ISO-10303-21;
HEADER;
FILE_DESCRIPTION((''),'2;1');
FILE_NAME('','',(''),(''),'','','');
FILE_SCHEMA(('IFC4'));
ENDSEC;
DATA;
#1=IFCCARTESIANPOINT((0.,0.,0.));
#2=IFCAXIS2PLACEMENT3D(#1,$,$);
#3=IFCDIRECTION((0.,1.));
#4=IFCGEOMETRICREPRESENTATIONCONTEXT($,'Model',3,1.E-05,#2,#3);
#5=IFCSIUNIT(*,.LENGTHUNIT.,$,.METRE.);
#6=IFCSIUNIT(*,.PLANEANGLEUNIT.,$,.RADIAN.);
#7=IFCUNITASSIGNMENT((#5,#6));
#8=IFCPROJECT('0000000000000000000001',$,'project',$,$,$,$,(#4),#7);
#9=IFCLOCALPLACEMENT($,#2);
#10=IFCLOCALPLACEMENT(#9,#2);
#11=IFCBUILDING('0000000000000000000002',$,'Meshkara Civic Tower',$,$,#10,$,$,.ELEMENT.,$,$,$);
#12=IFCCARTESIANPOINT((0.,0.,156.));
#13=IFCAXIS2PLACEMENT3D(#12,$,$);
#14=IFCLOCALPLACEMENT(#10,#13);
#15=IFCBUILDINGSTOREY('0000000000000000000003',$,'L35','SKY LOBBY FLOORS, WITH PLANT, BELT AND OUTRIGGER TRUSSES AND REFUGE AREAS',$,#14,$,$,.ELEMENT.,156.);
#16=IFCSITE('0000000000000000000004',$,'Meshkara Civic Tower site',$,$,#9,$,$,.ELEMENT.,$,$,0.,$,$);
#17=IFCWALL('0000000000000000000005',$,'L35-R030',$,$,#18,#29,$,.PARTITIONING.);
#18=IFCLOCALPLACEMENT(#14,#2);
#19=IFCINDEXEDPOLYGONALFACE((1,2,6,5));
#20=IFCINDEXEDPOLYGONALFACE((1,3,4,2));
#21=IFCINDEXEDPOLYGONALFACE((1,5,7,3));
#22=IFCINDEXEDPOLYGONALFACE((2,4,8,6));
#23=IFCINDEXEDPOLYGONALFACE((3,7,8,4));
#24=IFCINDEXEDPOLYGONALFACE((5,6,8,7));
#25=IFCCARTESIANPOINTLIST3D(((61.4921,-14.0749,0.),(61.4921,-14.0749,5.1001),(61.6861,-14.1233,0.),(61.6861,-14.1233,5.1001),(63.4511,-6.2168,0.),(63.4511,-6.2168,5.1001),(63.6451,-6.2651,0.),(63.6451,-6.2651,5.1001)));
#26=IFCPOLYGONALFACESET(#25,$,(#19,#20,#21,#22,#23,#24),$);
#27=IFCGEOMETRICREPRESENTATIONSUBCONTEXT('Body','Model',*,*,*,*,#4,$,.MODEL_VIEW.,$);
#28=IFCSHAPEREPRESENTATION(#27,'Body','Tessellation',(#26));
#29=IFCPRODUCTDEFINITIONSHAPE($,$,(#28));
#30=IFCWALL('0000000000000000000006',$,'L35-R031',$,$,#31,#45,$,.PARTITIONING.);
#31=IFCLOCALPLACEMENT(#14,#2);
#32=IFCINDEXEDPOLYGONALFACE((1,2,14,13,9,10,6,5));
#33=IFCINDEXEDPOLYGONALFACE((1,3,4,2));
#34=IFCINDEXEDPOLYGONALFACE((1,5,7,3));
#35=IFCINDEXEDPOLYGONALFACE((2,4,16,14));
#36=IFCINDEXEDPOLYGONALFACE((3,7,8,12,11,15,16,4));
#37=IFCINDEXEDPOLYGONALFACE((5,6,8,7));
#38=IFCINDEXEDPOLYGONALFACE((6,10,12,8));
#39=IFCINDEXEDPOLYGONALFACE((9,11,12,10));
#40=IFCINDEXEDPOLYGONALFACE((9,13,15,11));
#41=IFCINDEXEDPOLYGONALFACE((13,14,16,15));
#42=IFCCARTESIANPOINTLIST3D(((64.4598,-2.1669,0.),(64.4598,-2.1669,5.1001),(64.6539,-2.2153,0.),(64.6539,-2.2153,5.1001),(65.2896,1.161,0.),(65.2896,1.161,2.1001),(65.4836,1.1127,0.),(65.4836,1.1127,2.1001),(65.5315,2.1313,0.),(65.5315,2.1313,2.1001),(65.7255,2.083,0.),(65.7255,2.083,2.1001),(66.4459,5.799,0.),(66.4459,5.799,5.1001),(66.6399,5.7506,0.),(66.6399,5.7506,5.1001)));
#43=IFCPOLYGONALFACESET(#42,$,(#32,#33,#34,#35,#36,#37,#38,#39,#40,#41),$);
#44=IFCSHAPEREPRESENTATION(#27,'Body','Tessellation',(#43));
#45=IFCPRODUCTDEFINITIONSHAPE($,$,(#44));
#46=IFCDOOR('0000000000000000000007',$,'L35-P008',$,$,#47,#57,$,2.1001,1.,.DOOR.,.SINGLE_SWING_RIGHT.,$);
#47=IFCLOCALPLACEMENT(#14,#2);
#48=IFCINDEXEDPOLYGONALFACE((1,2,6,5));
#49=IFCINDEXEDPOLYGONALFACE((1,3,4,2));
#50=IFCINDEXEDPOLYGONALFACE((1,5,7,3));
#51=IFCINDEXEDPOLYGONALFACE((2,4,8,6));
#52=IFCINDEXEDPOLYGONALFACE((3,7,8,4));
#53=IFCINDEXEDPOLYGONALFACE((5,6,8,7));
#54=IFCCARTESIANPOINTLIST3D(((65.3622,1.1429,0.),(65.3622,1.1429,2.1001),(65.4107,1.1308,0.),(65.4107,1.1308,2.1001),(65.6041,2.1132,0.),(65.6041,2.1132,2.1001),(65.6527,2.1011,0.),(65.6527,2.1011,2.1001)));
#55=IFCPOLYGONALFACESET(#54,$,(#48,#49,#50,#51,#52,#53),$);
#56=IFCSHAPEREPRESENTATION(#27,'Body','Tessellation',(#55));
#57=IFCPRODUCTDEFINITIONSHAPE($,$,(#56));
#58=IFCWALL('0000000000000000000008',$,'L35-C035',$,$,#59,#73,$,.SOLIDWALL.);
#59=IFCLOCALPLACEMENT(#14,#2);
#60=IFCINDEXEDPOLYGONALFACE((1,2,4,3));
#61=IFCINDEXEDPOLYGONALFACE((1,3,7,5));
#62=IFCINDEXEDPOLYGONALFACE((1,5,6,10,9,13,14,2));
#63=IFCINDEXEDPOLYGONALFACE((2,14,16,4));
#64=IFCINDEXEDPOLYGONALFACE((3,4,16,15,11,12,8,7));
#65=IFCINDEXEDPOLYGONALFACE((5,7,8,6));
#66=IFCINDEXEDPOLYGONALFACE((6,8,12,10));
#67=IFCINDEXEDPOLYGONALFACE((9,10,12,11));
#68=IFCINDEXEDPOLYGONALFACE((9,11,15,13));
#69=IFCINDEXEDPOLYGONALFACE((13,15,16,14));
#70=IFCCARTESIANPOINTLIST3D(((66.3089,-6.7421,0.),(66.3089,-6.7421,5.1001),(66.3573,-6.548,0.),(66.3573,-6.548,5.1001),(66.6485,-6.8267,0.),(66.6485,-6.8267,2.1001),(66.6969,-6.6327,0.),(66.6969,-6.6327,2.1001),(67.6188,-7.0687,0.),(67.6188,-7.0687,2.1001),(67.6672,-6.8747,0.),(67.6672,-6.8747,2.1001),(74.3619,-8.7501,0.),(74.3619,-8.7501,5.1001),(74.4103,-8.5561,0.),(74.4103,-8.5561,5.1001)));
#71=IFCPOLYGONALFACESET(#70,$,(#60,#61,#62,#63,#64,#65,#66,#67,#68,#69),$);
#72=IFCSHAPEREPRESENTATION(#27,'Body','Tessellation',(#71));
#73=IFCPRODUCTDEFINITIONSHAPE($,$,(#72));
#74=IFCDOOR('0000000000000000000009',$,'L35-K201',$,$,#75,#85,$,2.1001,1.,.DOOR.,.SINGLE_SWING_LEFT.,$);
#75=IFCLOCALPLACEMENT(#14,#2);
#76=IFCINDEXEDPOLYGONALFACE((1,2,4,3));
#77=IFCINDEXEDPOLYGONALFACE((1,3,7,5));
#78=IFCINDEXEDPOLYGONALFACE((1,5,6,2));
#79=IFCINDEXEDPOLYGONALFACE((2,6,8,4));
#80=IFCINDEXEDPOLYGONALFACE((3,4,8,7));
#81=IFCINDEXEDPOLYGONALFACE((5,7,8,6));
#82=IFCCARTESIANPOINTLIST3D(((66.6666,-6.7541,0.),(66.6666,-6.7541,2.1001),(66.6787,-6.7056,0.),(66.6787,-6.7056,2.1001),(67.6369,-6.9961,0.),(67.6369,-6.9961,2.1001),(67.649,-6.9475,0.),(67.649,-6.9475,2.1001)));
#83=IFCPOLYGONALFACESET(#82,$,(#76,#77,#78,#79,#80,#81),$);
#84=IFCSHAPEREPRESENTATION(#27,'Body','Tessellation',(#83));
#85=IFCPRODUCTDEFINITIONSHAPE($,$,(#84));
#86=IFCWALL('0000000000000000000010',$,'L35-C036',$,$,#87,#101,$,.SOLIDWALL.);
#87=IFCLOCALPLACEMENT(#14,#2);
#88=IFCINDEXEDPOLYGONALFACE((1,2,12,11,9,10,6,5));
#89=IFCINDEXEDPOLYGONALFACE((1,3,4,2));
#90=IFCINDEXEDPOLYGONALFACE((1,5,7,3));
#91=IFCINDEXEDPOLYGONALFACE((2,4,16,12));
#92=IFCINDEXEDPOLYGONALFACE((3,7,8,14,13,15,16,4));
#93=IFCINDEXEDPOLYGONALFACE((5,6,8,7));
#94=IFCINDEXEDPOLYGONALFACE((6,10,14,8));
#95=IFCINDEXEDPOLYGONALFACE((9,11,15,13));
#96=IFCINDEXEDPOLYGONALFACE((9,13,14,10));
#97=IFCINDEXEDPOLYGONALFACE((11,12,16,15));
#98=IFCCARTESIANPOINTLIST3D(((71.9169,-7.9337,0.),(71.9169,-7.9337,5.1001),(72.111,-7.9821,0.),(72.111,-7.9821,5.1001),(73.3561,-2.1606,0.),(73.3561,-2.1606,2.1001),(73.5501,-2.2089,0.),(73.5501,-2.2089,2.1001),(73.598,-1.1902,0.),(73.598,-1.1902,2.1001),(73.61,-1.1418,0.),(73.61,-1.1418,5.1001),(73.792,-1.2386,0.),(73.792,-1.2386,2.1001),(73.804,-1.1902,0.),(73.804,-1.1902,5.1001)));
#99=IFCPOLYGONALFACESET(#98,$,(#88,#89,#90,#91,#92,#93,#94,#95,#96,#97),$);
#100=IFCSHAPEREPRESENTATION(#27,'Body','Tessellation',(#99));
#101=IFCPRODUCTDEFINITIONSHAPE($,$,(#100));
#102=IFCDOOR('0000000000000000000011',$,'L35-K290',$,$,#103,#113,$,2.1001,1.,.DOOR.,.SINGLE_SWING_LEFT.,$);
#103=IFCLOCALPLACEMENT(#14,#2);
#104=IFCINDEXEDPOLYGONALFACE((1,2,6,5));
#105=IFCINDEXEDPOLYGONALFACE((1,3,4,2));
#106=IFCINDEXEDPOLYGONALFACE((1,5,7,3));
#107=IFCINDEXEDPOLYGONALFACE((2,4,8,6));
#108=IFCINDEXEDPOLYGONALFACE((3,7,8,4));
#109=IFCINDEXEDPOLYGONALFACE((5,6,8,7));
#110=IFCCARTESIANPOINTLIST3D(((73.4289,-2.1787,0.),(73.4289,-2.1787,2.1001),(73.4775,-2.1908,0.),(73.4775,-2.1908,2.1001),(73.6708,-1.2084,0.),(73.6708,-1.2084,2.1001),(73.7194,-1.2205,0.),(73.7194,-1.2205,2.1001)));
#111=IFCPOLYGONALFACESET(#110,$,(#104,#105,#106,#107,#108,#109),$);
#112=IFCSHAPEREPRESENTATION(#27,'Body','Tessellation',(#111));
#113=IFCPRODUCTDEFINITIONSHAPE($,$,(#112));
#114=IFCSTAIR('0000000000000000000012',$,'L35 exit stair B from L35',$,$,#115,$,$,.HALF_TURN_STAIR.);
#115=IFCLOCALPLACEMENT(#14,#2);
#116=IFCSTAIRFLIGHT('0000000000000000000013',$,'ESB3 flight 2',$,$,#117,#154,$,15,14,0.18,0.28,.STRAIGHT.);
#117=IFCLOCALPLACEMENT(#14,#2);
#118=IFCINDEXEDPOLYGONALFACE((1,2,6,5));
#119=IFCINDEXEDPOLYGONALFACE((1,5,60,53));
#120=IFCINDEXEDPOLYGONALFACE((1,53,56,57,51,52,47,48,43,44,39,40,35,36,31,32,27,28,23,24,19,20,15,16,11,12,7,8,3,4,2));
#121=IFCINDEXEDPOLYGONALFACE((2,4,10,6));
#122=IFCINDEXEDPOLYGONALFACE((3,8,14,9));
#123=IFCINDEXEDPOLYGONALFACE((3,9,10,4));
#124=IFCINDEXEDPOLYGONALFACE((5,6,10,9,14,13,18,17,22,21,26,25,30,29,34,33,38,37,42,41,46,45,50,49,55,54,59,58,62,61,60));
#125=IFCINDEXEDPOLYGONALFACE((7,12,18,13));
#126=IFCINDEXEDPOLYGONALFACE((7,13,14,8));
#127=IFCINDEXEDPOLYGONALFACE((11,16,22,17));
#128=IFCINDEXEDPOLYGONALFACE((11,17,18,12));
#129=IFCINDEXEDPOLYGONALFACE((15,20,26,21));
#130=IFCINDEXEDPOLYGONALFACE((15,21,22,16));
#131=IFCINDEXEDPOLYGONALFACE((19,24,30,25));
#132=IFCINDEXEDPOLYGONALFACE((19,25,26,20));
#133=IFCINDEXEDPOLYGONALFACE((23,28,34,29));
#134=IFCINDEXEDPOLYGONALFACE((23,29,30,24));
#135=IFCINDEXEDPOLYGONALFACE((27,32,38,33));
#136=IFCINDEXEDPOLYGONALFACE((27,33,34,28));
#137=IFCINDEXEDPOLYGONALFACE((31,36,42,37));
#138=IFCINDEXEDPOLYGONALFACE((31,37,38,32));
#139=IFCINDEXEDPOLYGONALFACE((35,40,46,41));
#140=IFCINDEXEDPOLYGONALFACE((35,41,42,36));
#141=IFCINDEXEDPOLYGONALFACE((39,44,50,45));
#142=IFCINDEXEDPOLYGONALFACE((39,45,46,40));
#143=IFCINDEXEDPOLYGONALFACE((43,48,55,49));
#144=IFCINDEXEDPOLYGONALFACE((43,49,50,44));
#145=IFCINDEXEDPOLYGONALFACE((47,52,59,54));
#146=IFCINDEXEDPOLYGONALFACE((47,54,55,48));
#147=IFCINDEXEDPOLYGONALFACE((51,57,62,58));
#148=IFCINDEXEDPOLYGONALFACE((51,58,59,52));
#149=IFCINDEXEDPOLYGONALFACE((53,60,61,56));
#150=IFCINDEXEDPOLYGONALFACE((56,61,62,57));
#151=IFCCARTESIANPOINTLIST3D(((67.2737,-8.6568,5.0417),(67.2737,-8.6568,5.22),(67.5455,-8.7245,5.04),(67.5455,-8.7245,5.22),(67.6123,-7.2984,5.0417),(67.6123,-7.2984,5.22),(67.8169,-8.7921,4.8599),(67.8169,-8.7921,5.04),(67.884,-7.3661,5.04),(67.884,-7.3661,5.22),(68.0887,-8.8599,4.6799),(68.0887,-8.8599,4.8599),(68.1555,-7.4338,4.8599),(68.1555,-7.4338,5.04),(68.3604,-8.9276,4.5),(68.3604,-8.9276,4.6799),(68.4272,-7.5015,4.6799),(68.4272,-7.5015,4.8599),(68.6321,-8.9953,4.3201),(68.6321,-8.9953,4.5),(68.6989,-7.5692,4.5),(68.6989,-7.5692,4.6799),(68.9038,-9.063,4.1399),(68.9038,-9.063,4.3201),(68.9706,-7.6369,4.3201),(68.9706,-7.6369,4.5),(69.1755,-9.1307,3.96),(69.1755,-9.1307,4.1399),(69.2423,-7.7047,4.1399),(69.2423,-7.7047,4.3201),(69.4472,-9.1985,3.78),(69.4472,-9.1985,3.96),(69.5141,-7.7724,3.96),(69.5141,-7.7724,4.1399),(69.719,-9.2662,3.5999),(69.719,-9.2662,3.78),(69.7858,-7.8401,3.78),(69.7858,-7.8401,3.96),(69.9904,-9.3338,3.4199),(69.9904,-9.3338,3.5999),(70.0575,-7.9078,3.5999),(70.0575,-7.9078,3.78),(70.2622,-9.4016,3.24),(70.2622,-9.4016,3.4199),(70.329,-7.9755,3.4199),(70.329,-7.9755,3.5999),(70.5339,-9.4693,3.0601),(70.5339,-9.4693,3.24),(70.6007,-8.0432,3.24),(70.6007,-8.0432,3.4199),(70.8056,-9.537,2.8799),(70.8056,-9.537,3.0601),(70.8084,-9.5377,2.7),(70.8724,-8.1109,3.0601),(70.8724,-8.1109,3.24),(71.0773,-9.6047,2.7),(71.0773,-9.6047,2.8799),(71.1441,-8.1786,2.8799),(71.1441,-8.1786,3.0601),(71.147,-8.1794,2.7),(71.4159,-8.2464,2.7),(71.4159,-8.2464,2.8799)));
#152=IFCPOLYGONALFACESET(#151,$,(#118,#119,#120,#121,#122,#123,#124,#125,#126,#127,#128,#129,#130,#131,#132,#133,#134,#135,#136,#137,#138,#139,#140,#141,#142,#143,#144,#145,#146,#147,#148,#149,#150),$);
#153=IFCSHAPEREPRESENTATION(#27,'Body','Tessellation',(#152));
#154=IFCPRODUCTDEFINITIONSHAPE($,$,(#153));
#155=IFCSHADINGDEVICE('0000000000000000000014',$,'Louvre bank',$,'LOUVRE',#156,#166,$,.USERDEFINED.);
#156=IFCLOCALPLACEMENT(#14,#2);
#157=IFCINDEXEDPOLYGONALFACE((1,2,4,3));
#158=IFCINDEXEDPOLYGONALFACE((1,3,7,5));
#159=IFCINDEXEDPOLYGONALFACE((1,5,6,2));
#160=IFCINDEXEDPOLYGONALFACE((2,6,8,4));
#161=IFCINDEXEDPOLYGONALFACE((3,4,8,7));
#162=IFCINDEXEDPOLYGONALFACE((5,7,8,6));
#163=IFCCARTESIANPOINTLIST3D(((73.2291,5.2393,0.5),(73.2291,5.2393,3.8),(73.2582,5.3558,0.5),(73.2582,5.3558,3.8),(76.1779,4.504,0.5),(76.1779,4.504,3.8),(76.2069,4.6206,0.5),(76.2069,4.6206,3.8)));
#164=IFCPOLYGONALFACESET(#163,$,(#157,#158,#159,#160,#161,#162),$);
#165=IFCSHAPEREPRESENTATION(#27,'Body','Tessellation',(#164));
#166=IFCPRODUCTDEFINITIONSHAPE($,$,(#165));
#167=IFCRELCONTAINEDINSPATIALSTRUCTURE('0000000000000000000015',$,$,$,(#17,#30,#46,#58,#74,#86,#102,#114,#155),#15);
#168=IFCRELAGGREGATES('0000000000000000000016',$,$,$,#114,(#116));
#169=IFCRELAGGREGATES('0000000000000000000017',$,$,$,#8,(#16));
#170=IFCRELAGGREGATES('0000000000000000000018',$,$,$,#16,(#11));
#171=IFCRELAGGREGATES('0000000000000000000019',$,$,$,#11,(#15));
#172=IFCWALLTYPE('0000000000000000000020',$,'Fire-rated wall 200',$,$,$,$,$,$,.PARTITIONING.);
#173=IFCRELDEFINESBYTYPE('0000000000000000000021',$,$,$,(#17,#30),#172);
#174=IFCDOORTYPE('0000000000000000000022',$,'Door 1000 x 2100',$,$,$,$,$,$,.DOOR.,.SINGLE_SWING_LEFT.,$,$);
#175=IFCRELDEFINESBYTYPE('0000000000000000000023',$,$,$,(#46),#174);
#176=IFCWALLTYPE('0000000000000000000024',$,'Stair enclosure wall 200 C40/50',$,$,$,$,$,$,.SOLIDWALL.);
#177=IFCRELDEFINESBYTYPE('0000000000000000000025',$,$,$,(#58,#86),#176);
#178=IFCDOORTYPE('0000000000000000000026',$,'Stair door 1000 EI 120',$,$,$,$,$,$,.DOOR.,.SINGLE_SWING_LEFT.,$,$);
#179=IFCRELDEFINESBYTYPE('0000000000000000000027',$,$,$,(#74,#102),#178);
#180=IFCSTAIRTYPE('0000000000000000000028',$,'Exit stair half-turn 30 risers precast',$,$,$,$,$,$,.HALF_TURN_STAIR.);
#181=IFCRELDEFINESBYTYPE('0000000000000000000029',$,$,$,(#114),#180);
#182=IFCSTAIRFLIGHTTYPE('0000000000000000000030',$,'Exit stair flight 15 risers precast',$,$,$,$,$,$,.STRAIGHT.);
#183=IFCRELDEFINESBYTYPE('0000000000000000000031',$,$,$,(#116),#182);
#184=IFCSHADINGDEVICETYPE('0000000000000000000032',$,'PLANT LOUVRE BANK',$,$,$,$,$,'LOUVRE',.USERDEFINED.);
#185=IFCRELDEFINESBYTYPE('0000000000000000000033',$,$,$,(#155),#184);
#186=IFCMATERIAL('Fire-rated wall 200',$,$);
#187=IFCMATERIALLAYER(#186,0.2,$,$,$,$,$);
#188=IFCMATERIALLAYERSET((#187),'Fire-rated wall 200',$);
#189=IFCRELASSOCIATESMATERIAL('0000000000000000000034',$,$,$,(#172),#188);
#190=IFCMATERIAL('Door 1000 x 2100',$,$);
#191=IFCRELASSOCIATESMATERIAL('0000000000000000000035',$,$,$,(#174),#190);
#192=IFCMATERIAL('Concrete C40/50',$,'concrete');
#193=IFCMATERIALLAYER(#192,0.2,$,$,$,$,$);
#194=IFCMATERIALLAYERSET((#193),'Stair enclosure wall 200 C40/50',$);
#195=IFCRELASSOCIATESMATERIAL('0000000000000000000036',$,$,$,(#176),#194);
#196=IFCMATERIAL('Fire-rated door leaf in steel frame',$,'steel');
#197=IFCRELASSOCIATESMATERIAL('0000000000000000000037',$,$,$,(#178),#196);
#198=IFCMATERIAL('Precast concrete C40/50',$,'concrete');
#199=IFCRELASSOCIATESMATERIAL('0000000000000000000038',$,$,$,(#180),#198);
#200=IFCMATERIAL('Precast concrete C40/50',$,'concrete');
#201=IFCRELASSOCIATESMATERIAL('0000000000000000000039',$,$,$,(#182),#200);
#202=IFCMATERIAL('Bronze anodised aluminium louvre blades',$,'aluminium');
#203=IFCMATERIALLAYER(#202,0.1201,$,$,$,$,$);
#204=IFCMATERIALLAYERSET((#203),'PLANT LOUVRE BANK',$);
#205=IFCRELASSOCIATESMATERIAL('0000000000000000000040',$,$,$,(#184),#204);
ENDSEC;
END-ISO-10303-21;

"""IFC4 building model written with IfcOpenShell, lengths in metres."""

from ifc_helpers import new_model, si_unit, direction, frame, frame_2d, origin, origin_2d, place, context, subcontext, project, spatial, polyline, rectangle, outline, extrude, material, layer, layer_set, type_object, element, fill, aggregate, save


model = new_model("IFC4")

# Units and contexts
model_context = context("Model", 3, precision=1e-05, world=origin(), true_north=direction((0.0, 1.0)))
body_context = subcontext(model_context, "Body", "Model", "MODEL_VIEW")
ifc_project = project(units=[si_unit("LENGTHUNIT", "METRE"), si_unit("PLANEANGLEUNIT", "RADIAN")], contexts=[model_context])

# Site, building, storey
site_placement = place(None, origin())
site = spatial("IfcSite", under=ifc_project, at=site_placement, Name="Meshkara Civic Tower site", CompositionType="ELEMENT", RefElevation=0.0)
building_placement = place(site_placement, origin())
building = spatial("IfcBuilding", under=site, at=building_placement, Name="Meshkara Civic Tower", CompositionType="ELEMENT")
storey_placement = place(building_placement, frame((0.0, 0.0, 156.0)))
storey = spatial("IfcBuildingStorey", under=building, at=storey_placement, Name="L35", Description="SKY LOBBY FLOORS, WITH PLANT, BELT AND OUTRIGGER TRUSSES AND REFUGE AREAS", CompositionType="ELEMENT", Elevation=156.0)

# Wall
ifc_material_1 = material(Name="Fire-rated wall 200")
ifc_layer_1 = layer(ifc_material_1, 0.2)
ifc_layer_set_1 = layer_set([ifc_layer_1], Name="Fire-rated wall 200")
wall_type_1 = type_object("IfcWallType", Name="Fire-rated wall 200", PredefinedType="PARTITIONING", material=ifc_layer_set_1)
wall_1_placement = place(storey_placement, frame((63.5481, -6.241, 0.0), z_axis=(0.0, 0.0, 1.0), x_axis=(-0.24189, -0.970304, 0.0)))
element("IfcWall", 1, at=wall_1_placement, inside=storey, type_object=wall_type_1, Name="L35-R030", PredefinedType="PARTITIONING", context=body_context, shape_type="SweptSolid", body=[
    extrude(rectangle(XDim=8.0986, YDim=0.2, at=frame_2d((4.0493, 0.0))), origin(), (0.0, 0.0, 1.0), 5.1001),
])

# Walls, openings, doors
wall_2_placement = place(storey_placement, frame((66.543, 5.7749, 0.0), z_axis=(0.0, 0.0, 1.0), x_axis=(-0.24192, -0.970296, 0.0)))
wall_2 = element("IfcWall", 2, at=wall_2_placement, inside=storey, type_object=wall_type_1, Name="L35-R031", PredefinedType="PARTITIONING", context=body_context, shape_type="SweptSolid", body=[
    extrude(rectangle(XDim=8.2097, YDim=0.2, at=frame_2d((4.105, 0.0))), origin(), (0.0, 0.0, 1.0), 5.1001),
])
opening_1_placement = place(wall_2_placement, frame((3.78, 0.0, 0.0)))
opening_1 = element("IfcOpeningElement", 3, at=opening_1_placement, cuts=wall_2, PredefinedType="OPENING", context=body_context, shape_type="SweptSolid", body=[
    extrude(rectangle(XDim=1.0, YDim=2.1001, at=frame_2d((0.5, 1.05))), frame((0.0, 0.1099, 0.0), z_axis=(0.0, -1.0, 0.0), x_axis=(1.0, 0.0, 0.0)), (0.0, 0.0, 1.0), 0.22),
])
ifc_material_2 = material(Name="Door 1000 x 2100")
door_type_1 = type_object("IfcDoorType", Name="Door 1000 x 2100", OperationType="SINGLE_SWING_LEFT", PredefinedType="DOOR", material=ifc_material_2)
door_1_placement = place(opening_1_placement, origin())
door_1 = element("IfcDoor", 4, at=door_1_placement, inside=storey, type_object=door_type_1, Name="L35-P008", OperationType="SINGLE_SWING_RIGHT", OverallHeight=2.1001, OverallWidth=1.0, PredefinedType="DOOR", context=body_context, shape_type="SweptSolid", body=[
    extrude(rectangle(XDim=1.0, YDim=2.1001, at=frame_2d((0.5, 1.05))), frame((0.0, 0.0249, 0.0), z_axis=(0.0, -1.0, 0.0), x_axis=(1.0, 0.0, 0.0)), (0.0, 0.0, 1.0), 0.05),
])
fill(opening_1, door_1)
ifc_material_3 = material(Name="Concrete C40/50", Category="concrete")
ifc_layer_2 = layer(ifc_material_3, 0.2)
ifc_layer_set_2 = layer_set([ifc_layer_2], Name="Stair enclosure wall 200 C40/50")
wall_type_2 = type_object("IfcWallType", Name="Stair enclosure wall 200 C40/50", PredefinedType="SOLIDWALL", material=ifc_layer_set_2)
wall_3_placement = place(storey_placement, frame((66.333, -6.645, 0.0), z_axis=(0.0, 0.0, 1.0), x_axis=(0.970289, -0.241947, 0.0)))
wall_3 = element("IfcWall", 5, at=wall_3_placement, inside=storey, type_object=wall_type_2, Name="L35-C035", PredefinedType="SOLIDWALL", context=body_context, shape_type="SweptSolid", body=[
    extrude(rectangle(XDim=8.2996, YDim=0.2, at=frame_2d((4.1499, 0.0))), origin(), (0.0, 0.0, 1.0), 5.1001),
])
opening_2_placement = place(wall_3_placement, frame((0.3501, 0.0, 0.0)))
opening_2 = element("IfcOpeningElement", 6, at=opening_2_placement, cuts=wall_3, PredefinedType="OPENING", context=body_context, shape_type="SweptSolid", body=[
    extrude(rectangle(XDim=1.0, YDim=2.1001, at=frame_2d((0.5, 1.05))), frame((0.0, 0.1099, 0.0), z_axis=(0.0, -1.0, 0.0), x_axis=(1.0, 0.0, 0.0)), (0.0, 0.0, 1.0), 0.22),
])
ifc_material_4 = material(Name="Fire-rated door leaf in steel frame", Category="steel")
door_type_2 = type_object("IfcDoorType", Name="Stair door 1000 EI 120", OperationType="SINGLE_SWING_LEFT", PredefinedType="DOOR", material=ifc_material_4)
door_2_placement = place(opening_2_placement, origin())
door_2 = element("IfcDoor", 7, at=door_2_placement, inside=storey, type_object=door_type_2, Name="L35-K201", OperationType="SINGLE_SWING_LEFT", OverallHeight=2.1001, OverallWidth=1.0, PredefinedType="DOOR", context=body_context, shape_type="SweptSolid", body=[
    extrude(rectangle(XDim=1.0, YDim=2.1001, at=frame_2d((0.5, 1.05))), frame((0.0, 0.0249, 0.0), z_axis=(0.0, -1.0, 0.0), x_axis=(1.0, 0.0, 0.0)), (0.0, 0.0, 1.0), 0.05),
])
fill(opening_2, door_2)
wall_4_placement = place(storey_placement, frame((72.0139, -7.958, 0.0), z_axis=(0.0, 0.0, 1.0), x_axis=(0.241879, 0.970306, 0.0)))
wall_4 = element("IfcWall", 8, at=wall_4_placement, inside=storey, type_object=wall_type_2, Name="L35-C036", PredefinedType="SOLIDWALL", context=body_context, shape_type="SweptSolid", body=[
    extrude(rectangle(XDim=6.9998, YDim=0.2, at=frame_2d((3.5, 0.0))), origin(), (0.0, 0.0, 1.0), 5.1001),
])
opening_3_placement = place(wall_4_placement, frame((5.95, 0.0, 0.0)))
opening_3 = element("IfcOpeningElement", 9, at=opening_3_placement, cuts=wall_4, PredefinedType="OPENING", context=body_context, shape_type="SweptSolid", body=[
    extrude(rectangle(XDim=1.0, YDim=2.1001, at=frame_2d((0.5, 1.05))), frame((0.0, 0.1099, 0.0), z_axis=(0.0, -1.0, 0.0), x_axis=(1.0, 0.0, 0.0)), (0.0, 0.0, 1.0), 0.22),
])
door_3_placement = place(opening_3_placement, origin())
door_3 = element("IfcDoor", 10, at=door_3_placement, inside=storey, type_object=door_type_2, Name="L35-K290", OperationType="SINGLE_SWING_LEFT", OverallHeight=2.1001, OverallWidth=1.0, PredefinedType="DOOR", context=body_context, shape_type="SweptSolid", body=[
    extrude(rectangle(XDim=1.0, YDim=2.1001, at=frame_2d((0.5, 1.05))), frame((0.0, 0.0249, 0.0), z_axis=(0.0, -1.0, 0.0), x_axis=(1.0, 0.0, 0.0)), (0.0, 0.0, 1.0), 0.05),
])
fill(opening_3, door_3)

# Stair, stair flight
ifc_material_5 = material(Name="Precast concrete C40/50", Category="concrete")
stair_type = type_object("IfcStairType", Name="Exit stair half-turn 30 risers precast", PredefinedType="HALF_TURN_STAIR", material=ifc_material_5)
stair_placement = place(storey_placement, origin())
stair = element("IfcStair", 11, at=stair_placement, inside=storey, type_object=stair_type, Name="L35 exit stair B from L35", PredefinedType="HALF_TURN_STAIR")
ifc_material_6 = material(Name="Precast concrete C40/50", Category="concrete")
stair_flight_type = type_object("IfcStairFlightType", Name="Exit stair flight 15 risers precast", PredefinedType="STRAIGHT", material=ifc_material_6)
stair_flight_placement = place(storey_placement, frame((71.2466, -8.9255, 2.7), z_axis=(0.0, 0.0, 1.0), x_axis=(-0.970319, 0.24183, 0.0)))
stair_flight = element("IfcStairFlight", 12, at=stair_flight_placement, type_object=stair_flight_type, Name="ESB3 flight 2", NumberOfRisers=15, NumberOfTreads=14, PredefinedType="STRAIGHT", RiserHeight=0.18, TreadLength=0.28, context=body_context, shape_type="SweptSolid", body=[
    extrude(outline(polyline([(0.0, 0.0), (0.0, 0.1799), (0.28, 0.1799), (0.28, 0.3601), (0.5601, 0.3601), (0.5601, 0.54), (0.8401, 0.54), (0.8401, 0.72), (1.1201, 0.72), (1.1201, 0.8999), (1.3999, 0.8999), (1.3999, 1.0801), (1.6799, 1.0801), (1.6799, 1.26), (1.96, 1.26), (1.96, 1.4399), (2.24, 1.4399), (2.24, 1.6201), (2.52, 1.6201), (2.52, 1.8), (2.8, 1.8), (2.8, 1.98), (3.0801, 1.98), (3.0801, 2.1599), (3.3601, 2.1599), (3.3601, 2.3401), (3.6399, 2.3401), (3.6399, 2.52), (3.9199, 2.52), (3.9199, 2.7), (3.9199, 2.3418), (0.2771, 0.0), (0.0, 0.0)])), frame((0.0, 0.7, 0.0), z_axis=(0.0, -1.0, 0.0), x_axis=(1.0, 0.0, 0.0)), (0.0, 0.0, 1.0), 1.3999),
])
aggregate(stair, [stair_flight])

# Shading device
ifc_material_7 = material(Name="Bronze anodised aluminium louvre blades", Category="aluminium")
ifc_layer_3 = layer(ifc_material_7, 0.1201)
ifc_layer_set_3 = layer_set([ifc_layer_3], Name="PLANT LOUVRE BANK")
shading_device_type = type_object("IfcShadingDeviceType", Name="PLANT LOUVRE BANK", ElementType="LOUVRE", PredefinedType="USERDEFINED", material=ifc_layer_set_3)
shading_device_1_placement = place(storey_placement, frame((74.718, 4.9299, 0.5), z_axis=(0.0, 0.0, 1.0), x_axis=(-0.970292, 0.241939, 0.0)))
element("IfcShadingDevice", 13, at=shading_device_1_placement, inside=storey, type_object=shading_device_type, Name="Louvre bank", ObjectType="LOUVRE", PredefinedType="USERDEFINED", context=body_context, shape_type="SweptSolid", body=[
    extrude(rectangle(XDim=3.0391, YDim=0.1201, at=origin_2d()), origin(), (0.0, 0.0, 1.0), 3.3),
])

save(model, "model.ifc")
